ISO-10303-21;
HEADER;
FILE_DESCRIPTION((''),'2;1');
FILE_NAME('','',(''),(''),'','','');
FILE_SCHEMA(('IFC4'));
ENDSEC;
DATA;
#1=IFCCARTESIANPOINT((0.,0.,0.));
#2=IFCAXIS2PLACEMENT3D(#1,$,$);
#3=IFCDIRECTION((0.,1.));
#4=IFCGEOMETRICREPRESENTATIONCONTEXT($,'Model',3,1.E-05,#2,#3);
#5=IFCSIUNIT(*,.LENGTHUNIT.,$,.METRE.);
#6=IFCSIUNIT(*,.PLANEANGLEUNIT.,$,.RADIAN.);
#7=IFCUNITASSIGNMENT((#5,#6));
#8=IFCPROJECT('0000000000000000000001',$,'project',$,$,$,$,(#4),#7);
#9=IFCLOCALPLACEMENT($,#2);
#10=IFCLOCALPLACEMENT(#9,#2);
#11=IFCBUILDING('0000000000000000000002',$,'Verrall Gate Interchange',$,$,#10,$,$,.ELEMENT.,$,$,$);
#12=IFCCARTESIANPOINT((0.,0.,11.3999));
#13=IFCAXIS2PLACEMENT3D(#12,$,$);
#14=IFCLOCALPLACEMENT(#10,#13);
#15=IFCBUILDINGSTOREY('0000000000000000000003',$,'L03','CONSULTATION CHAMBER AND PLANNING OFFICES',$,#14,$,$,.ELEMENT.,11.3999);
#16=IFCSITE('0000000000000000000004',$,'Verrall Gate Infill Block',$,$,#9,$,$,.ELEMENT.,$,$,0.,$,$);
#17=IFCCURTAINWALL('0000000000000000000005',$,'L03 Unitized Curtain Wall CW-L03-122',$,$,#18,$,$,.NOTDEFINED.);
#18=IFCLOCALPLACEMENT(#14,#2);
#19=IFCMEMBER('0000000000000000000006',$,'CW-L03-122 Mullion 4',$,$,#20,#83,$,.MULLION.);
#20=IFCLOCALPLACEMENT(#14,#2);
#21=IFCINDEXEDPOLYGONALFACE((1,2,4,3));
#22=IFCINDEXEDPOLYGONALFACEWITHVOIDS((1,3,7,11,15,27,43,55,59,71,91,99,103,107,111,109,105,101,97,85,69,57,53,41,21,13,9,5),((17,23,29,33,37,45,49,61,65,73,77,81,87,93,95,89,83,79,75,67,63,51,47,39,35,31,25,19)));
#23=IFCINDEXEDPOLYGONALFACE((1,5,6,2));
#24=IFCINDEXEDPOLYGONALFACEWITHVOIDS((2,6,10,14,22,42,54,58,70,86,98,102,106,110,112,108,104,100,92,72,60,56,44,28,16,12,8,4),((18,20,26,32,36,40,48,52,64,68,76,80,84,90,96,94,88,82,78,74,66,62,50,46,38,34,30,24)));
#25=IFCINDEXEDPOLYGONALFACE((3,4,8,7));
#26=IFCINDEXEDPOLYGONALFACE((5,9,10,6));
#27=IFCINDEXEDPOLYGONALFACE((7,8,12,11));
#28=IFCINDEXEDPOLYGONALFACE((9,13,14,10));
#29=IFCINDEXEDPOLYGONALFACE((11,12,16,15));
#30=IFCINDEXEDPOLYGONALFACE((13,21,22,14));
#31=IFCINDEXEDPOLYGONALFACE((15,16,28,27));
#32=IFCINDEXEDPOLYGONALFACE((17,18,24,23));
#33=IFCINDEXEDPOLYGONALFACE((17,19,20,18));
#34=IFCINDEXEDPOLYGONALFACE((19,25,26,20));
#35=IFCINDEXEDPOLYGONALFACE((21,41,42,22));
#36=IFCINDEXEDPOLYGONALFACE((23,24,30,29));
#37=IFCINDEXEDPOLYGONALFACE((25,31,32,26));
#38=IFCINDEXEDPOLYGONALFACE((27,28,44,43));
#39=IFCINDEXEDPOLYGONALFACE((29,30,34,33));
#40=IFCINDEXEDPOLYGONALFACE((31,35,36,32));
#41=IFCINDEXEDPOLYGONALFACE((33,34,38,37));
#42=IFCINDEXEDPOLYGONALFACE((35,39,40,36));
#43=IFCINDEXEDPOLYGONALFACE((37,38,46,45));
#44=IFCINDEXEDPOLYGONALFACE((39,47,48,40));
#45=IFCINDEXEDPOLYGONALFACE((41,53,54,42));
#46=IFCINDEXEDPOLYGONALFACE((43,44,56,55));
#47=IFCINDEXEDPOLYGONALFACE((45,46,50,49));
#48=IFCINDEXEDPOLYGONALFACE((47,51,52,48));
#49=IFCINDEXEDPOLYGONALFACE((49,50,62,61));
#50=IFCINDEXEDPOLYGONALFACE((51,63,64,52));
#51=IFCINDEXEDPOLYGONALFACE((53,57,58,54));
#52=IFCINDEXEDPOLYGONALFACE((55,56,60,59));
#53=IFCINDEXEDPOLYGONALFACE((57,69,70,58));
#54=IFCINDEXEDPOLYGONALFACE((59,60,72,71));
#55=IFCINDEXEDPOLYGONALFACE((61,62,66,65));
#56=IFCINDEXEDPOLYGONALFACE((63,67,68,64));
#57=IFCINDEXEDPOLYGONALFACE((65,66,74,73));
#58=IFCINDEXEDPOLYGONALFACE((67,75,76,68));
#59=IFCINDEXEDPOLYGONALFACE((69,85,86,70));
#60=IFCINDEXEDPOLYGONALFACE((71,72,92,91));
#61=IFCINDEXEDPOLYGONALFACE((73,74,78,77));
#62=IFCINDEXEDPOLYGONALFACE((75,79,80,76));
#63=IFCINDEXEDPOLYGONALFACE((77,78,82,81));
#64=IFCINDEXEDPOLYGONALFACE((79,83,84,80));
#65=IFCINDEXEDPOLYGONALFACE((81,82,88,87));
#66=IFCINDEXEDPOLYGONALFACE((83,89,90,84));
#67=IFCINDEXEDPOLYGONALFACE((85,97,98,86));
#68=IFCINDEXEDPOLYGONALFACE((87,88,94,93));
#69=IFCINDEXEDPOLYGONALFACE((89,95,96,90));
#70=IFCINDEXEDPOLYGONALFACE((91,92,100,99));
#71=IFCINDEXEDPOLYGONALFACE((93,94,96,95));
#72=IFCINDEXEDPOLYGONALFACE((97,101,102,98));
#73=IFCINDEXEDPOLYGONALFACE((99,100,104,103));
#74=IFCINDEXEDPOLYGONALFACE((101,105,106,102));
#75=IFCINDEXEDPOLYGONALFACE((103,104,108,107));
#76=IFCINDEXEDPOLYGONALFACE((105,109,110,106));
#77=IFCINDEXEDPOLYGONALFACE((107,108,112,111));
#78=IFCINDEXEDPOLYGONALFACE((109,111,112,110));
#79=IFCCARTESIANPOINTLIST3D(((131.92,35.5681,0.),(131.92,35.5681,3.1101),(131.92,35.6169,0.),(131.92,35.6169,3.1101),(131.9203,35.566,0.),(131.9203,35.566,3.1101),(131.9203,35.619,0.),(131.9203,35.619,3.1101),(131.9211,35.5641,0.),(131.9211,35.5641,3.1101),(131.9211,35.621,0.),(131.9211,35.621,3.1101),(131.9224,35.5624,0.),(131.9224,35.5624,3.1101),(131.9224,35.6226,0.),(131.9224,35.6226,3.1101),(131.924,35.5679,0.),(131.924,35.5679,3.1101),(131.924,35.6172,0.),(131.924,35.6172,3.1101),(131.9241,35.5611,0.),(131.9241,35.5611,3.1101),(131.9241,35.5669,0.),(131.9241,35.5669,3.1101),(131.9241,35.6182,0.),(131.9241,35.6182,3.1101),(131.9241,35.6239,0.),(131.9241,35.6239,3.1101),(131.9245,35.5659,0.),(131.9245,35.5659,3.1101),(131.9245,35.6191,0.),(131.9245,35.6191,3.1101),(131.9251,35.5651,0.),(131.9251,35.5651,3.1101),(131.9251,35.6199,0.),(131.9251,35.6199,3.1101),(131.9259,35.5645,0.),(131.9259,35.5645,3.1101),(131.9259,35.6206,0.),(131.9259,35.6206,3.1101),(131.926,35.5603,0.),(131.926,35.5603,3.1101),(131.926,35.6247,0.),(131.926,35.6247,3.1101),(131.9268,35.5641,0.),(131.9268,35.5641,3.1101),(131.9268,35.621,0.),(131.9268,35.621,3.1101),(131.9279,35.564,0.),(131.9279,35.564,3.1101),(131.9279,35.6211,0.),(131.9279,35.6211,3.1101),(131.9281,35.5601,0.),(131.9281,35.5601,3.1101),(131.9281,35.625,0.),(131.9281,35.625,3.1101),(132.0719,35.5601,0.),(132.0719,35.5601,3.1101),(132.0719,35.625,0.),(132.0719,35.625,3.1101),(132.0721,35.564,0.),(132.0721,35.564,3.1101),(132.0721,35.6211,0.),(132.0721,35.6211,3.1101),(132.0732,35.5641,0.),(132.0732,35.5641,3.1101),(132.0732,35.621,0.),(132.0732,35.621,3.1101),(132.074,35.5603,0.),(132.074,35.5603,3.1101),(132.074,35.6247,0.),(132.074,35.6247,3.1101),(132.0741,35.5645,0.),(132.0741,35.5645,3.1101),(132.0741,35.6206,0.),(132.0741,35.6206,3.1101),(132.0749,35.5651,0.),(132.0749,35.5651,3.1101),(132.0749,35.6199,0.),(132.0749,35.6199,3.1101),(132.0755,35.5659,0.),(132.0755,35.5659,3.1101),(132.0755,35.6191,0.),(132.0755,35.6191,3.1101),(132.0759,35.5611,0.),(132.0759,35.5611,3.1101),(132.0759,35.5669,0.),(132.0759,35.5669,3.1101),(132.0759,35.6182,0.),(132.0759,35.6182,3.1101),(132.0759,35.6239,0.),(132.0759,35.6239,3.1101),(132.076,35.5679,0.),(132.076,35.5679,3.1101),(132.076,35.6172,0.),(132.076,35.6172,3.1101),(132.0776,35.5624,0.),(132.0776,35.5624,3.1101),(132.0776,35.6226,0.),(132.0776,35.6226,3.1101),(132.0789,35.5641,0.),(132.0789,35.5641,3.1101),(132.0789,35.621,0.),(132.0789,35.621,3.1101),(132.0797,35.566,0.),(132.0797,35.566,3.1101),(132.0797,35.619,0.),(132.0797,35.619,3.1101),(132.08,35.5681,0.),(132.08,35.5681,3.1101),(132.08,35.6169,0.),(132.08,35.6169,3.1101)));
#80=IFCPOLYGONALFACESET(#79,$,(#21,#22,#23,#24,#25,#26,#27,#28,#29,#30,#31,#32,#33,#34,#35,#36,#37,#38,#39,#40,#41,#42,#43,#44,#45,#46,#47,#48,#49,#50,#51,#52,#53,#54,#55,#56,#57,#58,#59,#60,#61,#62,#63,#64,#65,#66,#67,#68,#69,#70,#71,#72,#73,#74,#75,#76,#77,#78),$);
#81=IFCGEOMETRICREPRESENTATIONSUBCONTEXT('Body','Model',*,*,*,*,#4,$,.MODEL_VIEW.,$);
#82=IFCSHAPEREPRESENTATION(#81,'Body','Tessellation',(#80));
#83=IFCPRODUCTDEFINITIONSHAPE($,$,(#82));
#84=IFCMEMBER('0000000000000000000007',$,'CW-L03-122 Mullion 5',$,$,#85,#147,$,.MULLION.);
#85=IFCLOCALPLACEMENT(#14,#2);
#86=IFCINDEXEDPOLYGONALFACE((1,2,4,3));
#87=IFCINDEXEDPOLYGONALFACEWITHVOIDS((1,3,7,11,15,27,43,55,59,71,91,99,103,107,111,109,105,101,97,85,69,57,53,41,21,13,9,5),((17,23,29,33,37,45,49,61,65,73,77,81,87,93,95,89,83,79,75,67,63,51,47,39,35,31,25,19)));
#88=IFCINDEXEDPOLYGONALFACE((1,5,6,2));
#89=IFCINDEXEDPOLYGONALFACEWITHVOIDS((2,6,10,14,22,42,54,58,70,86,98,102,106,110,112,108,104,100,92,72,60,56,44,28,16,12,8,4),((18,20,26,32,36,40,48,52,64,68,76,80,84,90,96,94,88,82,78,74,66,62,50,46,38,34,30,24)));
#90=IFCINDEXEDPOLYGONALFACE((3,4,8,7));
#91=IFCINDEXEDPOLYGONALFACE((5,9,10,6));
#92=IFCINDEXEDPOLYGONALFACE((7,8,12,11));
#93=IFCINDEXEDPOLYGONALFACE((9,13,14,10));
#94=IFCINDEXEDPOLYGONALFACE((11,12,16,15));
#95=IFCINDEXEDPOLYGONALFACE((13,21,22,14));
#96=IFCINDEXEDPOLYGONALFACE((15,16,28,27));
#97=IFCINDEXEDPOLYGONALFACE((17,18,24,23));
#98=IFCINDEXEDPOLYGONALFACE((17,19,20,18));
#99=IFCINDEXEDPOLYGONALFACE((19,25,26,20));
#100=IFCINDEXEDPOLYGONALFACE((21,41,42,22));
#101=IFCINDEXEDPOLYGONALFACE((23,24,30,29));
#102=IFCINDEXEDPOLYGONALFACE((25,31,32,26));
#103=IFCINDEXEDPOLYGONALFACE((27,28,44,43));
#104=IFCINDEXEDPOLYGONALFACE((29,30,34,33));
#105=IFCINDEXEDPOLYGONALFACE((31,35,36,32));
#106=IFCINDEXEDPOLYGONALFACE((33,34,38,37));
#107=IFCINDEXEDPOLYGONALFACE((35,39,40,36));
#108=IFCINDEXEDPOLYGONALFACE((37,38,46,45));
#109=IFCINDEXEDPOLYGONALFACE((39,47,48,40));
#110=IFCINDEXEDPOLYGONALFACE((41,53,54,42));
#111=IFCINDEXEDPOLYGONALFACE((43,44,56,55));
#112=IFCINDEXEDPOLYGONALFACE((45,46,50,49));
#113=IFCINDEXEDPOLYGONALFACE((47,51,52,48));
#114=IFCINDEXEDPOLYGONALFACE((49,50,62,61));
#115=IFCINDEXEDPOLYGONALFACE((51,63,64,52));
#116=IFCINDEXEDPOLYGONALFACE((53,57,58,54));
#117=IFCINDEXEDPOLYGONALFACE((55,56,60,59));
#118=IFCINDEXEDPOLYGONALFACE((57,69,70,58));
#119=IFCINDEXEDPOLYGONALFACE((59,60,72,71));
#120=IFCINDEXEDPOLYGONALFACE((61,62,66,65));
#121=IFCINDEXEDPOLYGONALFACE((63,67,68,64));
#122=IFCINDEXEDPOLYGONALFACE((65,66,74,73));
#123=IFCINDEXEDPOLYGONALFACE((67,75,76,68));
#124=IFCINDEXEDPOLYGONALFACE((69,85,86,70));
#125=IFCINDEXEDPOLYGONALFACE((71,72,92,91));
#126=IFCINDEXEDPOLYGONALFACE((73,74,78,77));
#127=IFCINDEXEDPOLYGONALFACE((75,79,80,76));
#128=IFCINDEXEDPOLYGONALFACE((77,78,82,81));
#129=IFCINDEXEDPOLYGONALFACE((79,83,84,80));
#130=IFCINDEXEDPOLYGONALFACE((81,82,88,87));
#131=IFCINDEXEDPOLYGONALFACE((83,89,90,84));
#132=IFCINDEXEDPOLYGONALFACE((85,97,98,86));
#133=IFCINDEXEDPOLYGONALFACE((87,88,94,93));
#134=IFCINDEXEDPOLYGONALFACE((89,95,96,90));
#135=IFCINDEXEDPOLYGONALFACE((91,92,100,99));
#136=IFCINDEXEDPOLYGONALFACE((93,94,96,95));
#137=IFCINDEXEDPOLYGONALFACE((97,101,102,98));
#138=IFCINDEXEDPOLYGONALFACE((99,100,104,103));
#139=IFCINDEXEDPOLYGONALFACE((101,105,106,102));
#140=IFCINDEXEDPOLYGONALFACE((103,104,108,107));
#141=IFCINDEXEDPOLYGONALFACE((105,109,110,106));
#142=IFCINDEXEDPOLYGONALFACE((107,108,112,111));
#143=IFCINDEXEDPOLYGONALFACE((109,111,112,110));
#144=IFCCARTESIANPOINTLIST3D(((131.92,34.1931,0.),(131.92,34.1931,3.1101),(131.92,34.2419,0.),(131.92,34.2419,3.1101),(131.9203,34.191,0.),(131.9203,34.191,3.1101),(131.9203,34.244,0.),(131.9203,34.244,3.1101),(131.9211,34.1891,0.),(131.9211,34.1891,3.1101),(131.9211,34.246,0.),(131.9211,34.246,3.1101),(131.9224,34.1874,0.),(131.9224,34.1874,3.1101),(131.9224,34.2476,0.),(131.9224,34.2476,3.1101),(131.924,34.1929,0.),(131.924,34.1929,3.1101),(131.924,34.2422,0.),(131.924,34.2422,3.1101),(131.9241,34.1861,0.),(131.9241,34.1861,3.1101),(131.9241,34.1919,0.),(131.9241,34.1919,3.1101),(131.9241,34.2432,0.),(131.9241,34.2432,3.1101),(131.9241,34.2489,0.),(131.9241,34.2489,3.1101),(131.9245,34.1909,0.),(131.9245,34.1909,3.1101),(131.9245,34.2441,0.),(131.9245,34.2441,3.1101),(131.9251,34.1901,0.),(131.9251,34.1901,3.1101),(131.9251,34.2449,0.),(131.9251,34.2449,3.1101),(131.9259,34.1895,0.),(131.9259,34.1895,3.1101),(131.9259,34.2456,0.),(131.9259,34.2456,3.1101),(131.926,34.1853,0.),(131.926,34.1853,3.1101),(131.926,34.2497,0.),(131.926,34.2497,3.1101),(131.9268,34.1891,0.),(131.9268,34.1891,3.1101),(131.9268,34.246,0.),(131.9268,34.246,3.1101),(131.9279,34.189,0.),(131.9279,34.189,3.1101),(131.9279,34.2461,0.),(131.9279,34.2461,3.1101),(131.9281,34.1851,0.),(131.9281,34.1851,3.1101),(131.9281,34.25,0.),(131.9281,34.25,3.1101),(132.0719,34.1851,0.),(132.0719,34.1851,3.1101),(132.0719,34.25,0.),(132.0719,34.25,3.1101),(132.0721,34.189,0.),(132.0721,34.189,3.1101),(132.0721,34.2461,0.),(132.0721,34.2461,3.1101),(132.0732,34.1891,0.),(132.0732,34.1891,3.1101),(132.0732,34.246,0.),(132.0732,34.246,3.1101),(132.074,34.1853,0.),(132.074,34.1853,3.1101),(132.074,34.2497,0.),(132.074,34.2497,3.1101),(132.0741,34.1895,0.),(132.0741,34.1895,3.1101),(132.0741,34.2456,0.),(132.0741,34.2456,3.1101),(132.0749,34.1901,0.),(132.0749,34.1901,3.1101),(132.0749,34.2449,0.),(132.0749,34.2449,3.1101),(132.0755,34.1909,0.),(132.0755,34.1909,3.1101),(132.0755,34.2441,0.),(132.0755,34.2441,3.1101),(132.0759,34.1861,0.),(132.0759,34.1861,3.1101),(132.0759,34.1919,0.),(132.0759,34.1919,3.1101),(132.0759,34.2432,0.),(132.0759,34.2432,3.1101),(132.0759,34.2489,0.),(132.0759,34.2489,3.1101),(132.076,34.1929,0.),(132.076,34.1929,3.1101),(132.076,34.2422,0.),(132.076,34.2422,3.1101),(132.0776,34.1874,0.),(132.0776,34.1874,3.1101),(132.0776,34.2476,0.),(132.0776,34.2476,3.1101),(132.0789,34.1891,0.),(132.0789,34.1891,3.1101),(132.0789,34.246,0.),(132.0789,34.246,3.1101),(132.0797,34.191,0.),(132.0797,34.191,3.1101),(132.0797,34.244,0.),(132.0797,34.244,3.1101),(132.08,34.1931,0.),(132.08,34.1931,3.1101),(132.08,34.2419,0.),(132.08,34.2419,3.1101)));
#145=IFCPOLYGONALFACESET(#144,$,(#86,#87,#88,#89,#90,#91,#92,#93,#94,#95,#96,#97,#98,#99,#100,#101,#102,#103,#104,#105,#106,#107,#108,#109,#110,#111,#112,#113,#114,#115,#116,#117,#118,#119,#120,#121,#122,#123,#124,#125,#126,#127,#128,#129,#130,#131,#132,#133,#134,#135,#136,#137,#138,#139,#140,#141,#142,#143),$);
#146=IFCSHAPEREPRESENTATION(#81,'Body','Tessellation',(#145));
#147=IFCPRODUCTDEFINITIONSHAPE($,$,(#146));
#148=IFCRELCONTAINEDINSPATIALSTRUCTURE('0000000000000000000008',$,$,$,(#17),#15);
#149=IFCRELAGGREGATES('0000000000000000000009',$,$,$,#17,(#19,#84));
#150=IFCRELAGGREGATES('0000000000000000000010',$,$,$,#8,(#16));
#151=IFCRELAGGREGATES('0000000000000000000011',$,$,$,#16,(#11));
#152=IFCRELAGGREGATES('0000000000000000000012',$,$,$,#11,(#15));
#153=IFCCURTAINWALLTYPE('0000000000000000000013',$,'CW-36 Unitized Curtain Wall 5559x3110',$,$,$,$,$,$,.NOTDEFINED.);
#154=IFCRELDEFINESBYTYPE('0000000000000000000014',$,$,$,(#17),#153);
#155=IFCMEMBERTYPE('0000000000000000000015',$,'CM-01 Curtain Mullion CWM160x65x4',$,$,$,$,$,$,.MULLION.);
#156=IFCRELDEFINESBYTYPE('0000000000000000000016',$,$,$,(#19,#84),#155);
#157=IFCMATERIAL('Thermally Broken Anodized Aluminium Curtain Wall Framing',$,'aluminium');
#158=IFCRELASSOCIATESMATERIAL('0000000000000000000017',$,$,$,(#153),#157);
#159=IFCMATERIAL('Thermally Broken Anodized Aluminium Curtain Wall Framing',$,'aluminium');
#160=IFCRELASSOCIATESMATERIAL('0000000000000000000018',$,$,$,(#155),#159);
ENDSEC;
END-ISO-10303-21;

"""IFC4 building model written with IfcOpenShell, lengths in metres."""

from ifc_helpers import new_model, si_unit, direction, frame, origin, origin_2d, place, context, subcontext, project, spatial, hollow_rectangle, extrude, material, material_profile, profile_set, type_object, element, aggregate, save


model = new_model("IFC4")

# Units and contexts
model_context = context("Model", 3, precision=1e-05, world=origin(), true_north=direction((0.0, 1.0)))
body_context = subcontext(model_context, "Body", "Model", "MODEL_VIEW")
ifc_project = project(units=[si_unit("LENGTHUNIT", "METRE"), si_unit("PLANEANGLEUNIT", "RADIAN")], contexts=[model_context])

# Site, building, storey
site_placement = place(None, origin())
site = spatial("IfcSite", under=ifc_project, at=site_placement, Name="Verrall Gate Infill Block", CompositionType="ELEMENT", RefElevation=0.0)
building_placement = place(site_placement, origin())
building = spatial("IfcBuilding", under=site, at=building_placement, Name="Verrall Gate Interchange", CompositionType="ELEMENT")
storey_placement = place(building_placement, frame((0.0, 0.0, 11.3999)))
storey = spatial("IfcBuildingStorey", under=building, at=storey_placement, Name="L03", Description="CONSULTATION CHAMBER AND PLANNING OFFICES", CompositionType="ELEMENT", Elevation=11.3999)

# Curtain wall, members
ifc_material_1 = material(Name="Thermally Broken Anodized Aluminium Curtain Wall Framing", Category="aluminium")
curtain_wall_type = type_object("IfcCurtainWallType", Name="CW-36 Unitized Curtain Wall 5559x3110", PredefinedType="NOTDEFINED", material=ifc_material_1)
curtain_wall_1_placement = place(storey_placement, origin())
curtain_wall_1 = element("IfcCurtainWall", 1, at=curtain_wall_1_placement, inside=storey, type_object=curtain_wall_type, Name="L03 Unitized Curtain Wall CW-L03-122", PredefinedType="NOTDEFINED")
ifc_material_2 = material(Name="Thermally Broken Anodized Aluminium Curtain Wall Framing", Category="aluminium")
ifc_material_profile_1 = material_profile(ifc_material_2, hollow_rectangle(XDim=0.0649, YDim=0.1599, WallThickness=0.0039, InnerFilletRadius=0.0039, OuterFilletRadius=0.0081, at=origin_2d()), Name="CWM160x65x4")
ifc_profile_set_1 = profile_set([ifc_material_profile_1], Name="Thermally Broken Anodized Aluminium Curtain Wall Framing")
member_type_1 = type_object("IfcMemberType", Name="CM-01 Curtain Mullion CWM160x65x4", PredefinedType="MULLION", material=ifc_profile_set_1)
member_1_placement = place(storey_placement, frame((132.0, 35.5925, 0.0), z_axis=(0.0, 0.0, 1.0), x_axis=(0.0, -1.0, 0.0)))
member_1 = element("IfcMember", 2, at=member_1_placement, type_object=member_type_1, Name="CW-L03-122 Mullion 4", PredefinedType="MULLION", context=body_context, shape_type="SweptSolid", body=[
    extrude(hollow_rectangle(XDim=0.0649, YDim=0.1599, WallThickness=0.0039, InnerFilletRadius=0.0039, OuterFilletRadius=0.0081, at=origin_2d()), origin(), (0.0, 0.0, 1.0), 3.1101),
])
member_2_placement = place(storey_placement, frame((132.0, 34.2175, 0.0), z_axis=(0.0, 0.0, 1.0), x_axis=(0.0, -1.0, 0.0)))
member_2 = element("IfcMember", 3, at=member_2_placement, type_object=member_type_1, Name="CW-L03-122 Mullion 5", PredefinedType="MULLION", context=body_context, shape_type="SweptSolid", body=[
    extrude(hollow_rectangle(XDim=0.0649, YDim=0.1599, WallThickness=0.0039, InnerFilletRadius=0.0039, OuterFilletRadius=0.0081, at=origin_2d()), origin(), (0.0, 0.0, 1.0), 3.1101),
])

aggregate(curtain_wall_1, [member_1, member_2])

save(model, "model.ifc")
